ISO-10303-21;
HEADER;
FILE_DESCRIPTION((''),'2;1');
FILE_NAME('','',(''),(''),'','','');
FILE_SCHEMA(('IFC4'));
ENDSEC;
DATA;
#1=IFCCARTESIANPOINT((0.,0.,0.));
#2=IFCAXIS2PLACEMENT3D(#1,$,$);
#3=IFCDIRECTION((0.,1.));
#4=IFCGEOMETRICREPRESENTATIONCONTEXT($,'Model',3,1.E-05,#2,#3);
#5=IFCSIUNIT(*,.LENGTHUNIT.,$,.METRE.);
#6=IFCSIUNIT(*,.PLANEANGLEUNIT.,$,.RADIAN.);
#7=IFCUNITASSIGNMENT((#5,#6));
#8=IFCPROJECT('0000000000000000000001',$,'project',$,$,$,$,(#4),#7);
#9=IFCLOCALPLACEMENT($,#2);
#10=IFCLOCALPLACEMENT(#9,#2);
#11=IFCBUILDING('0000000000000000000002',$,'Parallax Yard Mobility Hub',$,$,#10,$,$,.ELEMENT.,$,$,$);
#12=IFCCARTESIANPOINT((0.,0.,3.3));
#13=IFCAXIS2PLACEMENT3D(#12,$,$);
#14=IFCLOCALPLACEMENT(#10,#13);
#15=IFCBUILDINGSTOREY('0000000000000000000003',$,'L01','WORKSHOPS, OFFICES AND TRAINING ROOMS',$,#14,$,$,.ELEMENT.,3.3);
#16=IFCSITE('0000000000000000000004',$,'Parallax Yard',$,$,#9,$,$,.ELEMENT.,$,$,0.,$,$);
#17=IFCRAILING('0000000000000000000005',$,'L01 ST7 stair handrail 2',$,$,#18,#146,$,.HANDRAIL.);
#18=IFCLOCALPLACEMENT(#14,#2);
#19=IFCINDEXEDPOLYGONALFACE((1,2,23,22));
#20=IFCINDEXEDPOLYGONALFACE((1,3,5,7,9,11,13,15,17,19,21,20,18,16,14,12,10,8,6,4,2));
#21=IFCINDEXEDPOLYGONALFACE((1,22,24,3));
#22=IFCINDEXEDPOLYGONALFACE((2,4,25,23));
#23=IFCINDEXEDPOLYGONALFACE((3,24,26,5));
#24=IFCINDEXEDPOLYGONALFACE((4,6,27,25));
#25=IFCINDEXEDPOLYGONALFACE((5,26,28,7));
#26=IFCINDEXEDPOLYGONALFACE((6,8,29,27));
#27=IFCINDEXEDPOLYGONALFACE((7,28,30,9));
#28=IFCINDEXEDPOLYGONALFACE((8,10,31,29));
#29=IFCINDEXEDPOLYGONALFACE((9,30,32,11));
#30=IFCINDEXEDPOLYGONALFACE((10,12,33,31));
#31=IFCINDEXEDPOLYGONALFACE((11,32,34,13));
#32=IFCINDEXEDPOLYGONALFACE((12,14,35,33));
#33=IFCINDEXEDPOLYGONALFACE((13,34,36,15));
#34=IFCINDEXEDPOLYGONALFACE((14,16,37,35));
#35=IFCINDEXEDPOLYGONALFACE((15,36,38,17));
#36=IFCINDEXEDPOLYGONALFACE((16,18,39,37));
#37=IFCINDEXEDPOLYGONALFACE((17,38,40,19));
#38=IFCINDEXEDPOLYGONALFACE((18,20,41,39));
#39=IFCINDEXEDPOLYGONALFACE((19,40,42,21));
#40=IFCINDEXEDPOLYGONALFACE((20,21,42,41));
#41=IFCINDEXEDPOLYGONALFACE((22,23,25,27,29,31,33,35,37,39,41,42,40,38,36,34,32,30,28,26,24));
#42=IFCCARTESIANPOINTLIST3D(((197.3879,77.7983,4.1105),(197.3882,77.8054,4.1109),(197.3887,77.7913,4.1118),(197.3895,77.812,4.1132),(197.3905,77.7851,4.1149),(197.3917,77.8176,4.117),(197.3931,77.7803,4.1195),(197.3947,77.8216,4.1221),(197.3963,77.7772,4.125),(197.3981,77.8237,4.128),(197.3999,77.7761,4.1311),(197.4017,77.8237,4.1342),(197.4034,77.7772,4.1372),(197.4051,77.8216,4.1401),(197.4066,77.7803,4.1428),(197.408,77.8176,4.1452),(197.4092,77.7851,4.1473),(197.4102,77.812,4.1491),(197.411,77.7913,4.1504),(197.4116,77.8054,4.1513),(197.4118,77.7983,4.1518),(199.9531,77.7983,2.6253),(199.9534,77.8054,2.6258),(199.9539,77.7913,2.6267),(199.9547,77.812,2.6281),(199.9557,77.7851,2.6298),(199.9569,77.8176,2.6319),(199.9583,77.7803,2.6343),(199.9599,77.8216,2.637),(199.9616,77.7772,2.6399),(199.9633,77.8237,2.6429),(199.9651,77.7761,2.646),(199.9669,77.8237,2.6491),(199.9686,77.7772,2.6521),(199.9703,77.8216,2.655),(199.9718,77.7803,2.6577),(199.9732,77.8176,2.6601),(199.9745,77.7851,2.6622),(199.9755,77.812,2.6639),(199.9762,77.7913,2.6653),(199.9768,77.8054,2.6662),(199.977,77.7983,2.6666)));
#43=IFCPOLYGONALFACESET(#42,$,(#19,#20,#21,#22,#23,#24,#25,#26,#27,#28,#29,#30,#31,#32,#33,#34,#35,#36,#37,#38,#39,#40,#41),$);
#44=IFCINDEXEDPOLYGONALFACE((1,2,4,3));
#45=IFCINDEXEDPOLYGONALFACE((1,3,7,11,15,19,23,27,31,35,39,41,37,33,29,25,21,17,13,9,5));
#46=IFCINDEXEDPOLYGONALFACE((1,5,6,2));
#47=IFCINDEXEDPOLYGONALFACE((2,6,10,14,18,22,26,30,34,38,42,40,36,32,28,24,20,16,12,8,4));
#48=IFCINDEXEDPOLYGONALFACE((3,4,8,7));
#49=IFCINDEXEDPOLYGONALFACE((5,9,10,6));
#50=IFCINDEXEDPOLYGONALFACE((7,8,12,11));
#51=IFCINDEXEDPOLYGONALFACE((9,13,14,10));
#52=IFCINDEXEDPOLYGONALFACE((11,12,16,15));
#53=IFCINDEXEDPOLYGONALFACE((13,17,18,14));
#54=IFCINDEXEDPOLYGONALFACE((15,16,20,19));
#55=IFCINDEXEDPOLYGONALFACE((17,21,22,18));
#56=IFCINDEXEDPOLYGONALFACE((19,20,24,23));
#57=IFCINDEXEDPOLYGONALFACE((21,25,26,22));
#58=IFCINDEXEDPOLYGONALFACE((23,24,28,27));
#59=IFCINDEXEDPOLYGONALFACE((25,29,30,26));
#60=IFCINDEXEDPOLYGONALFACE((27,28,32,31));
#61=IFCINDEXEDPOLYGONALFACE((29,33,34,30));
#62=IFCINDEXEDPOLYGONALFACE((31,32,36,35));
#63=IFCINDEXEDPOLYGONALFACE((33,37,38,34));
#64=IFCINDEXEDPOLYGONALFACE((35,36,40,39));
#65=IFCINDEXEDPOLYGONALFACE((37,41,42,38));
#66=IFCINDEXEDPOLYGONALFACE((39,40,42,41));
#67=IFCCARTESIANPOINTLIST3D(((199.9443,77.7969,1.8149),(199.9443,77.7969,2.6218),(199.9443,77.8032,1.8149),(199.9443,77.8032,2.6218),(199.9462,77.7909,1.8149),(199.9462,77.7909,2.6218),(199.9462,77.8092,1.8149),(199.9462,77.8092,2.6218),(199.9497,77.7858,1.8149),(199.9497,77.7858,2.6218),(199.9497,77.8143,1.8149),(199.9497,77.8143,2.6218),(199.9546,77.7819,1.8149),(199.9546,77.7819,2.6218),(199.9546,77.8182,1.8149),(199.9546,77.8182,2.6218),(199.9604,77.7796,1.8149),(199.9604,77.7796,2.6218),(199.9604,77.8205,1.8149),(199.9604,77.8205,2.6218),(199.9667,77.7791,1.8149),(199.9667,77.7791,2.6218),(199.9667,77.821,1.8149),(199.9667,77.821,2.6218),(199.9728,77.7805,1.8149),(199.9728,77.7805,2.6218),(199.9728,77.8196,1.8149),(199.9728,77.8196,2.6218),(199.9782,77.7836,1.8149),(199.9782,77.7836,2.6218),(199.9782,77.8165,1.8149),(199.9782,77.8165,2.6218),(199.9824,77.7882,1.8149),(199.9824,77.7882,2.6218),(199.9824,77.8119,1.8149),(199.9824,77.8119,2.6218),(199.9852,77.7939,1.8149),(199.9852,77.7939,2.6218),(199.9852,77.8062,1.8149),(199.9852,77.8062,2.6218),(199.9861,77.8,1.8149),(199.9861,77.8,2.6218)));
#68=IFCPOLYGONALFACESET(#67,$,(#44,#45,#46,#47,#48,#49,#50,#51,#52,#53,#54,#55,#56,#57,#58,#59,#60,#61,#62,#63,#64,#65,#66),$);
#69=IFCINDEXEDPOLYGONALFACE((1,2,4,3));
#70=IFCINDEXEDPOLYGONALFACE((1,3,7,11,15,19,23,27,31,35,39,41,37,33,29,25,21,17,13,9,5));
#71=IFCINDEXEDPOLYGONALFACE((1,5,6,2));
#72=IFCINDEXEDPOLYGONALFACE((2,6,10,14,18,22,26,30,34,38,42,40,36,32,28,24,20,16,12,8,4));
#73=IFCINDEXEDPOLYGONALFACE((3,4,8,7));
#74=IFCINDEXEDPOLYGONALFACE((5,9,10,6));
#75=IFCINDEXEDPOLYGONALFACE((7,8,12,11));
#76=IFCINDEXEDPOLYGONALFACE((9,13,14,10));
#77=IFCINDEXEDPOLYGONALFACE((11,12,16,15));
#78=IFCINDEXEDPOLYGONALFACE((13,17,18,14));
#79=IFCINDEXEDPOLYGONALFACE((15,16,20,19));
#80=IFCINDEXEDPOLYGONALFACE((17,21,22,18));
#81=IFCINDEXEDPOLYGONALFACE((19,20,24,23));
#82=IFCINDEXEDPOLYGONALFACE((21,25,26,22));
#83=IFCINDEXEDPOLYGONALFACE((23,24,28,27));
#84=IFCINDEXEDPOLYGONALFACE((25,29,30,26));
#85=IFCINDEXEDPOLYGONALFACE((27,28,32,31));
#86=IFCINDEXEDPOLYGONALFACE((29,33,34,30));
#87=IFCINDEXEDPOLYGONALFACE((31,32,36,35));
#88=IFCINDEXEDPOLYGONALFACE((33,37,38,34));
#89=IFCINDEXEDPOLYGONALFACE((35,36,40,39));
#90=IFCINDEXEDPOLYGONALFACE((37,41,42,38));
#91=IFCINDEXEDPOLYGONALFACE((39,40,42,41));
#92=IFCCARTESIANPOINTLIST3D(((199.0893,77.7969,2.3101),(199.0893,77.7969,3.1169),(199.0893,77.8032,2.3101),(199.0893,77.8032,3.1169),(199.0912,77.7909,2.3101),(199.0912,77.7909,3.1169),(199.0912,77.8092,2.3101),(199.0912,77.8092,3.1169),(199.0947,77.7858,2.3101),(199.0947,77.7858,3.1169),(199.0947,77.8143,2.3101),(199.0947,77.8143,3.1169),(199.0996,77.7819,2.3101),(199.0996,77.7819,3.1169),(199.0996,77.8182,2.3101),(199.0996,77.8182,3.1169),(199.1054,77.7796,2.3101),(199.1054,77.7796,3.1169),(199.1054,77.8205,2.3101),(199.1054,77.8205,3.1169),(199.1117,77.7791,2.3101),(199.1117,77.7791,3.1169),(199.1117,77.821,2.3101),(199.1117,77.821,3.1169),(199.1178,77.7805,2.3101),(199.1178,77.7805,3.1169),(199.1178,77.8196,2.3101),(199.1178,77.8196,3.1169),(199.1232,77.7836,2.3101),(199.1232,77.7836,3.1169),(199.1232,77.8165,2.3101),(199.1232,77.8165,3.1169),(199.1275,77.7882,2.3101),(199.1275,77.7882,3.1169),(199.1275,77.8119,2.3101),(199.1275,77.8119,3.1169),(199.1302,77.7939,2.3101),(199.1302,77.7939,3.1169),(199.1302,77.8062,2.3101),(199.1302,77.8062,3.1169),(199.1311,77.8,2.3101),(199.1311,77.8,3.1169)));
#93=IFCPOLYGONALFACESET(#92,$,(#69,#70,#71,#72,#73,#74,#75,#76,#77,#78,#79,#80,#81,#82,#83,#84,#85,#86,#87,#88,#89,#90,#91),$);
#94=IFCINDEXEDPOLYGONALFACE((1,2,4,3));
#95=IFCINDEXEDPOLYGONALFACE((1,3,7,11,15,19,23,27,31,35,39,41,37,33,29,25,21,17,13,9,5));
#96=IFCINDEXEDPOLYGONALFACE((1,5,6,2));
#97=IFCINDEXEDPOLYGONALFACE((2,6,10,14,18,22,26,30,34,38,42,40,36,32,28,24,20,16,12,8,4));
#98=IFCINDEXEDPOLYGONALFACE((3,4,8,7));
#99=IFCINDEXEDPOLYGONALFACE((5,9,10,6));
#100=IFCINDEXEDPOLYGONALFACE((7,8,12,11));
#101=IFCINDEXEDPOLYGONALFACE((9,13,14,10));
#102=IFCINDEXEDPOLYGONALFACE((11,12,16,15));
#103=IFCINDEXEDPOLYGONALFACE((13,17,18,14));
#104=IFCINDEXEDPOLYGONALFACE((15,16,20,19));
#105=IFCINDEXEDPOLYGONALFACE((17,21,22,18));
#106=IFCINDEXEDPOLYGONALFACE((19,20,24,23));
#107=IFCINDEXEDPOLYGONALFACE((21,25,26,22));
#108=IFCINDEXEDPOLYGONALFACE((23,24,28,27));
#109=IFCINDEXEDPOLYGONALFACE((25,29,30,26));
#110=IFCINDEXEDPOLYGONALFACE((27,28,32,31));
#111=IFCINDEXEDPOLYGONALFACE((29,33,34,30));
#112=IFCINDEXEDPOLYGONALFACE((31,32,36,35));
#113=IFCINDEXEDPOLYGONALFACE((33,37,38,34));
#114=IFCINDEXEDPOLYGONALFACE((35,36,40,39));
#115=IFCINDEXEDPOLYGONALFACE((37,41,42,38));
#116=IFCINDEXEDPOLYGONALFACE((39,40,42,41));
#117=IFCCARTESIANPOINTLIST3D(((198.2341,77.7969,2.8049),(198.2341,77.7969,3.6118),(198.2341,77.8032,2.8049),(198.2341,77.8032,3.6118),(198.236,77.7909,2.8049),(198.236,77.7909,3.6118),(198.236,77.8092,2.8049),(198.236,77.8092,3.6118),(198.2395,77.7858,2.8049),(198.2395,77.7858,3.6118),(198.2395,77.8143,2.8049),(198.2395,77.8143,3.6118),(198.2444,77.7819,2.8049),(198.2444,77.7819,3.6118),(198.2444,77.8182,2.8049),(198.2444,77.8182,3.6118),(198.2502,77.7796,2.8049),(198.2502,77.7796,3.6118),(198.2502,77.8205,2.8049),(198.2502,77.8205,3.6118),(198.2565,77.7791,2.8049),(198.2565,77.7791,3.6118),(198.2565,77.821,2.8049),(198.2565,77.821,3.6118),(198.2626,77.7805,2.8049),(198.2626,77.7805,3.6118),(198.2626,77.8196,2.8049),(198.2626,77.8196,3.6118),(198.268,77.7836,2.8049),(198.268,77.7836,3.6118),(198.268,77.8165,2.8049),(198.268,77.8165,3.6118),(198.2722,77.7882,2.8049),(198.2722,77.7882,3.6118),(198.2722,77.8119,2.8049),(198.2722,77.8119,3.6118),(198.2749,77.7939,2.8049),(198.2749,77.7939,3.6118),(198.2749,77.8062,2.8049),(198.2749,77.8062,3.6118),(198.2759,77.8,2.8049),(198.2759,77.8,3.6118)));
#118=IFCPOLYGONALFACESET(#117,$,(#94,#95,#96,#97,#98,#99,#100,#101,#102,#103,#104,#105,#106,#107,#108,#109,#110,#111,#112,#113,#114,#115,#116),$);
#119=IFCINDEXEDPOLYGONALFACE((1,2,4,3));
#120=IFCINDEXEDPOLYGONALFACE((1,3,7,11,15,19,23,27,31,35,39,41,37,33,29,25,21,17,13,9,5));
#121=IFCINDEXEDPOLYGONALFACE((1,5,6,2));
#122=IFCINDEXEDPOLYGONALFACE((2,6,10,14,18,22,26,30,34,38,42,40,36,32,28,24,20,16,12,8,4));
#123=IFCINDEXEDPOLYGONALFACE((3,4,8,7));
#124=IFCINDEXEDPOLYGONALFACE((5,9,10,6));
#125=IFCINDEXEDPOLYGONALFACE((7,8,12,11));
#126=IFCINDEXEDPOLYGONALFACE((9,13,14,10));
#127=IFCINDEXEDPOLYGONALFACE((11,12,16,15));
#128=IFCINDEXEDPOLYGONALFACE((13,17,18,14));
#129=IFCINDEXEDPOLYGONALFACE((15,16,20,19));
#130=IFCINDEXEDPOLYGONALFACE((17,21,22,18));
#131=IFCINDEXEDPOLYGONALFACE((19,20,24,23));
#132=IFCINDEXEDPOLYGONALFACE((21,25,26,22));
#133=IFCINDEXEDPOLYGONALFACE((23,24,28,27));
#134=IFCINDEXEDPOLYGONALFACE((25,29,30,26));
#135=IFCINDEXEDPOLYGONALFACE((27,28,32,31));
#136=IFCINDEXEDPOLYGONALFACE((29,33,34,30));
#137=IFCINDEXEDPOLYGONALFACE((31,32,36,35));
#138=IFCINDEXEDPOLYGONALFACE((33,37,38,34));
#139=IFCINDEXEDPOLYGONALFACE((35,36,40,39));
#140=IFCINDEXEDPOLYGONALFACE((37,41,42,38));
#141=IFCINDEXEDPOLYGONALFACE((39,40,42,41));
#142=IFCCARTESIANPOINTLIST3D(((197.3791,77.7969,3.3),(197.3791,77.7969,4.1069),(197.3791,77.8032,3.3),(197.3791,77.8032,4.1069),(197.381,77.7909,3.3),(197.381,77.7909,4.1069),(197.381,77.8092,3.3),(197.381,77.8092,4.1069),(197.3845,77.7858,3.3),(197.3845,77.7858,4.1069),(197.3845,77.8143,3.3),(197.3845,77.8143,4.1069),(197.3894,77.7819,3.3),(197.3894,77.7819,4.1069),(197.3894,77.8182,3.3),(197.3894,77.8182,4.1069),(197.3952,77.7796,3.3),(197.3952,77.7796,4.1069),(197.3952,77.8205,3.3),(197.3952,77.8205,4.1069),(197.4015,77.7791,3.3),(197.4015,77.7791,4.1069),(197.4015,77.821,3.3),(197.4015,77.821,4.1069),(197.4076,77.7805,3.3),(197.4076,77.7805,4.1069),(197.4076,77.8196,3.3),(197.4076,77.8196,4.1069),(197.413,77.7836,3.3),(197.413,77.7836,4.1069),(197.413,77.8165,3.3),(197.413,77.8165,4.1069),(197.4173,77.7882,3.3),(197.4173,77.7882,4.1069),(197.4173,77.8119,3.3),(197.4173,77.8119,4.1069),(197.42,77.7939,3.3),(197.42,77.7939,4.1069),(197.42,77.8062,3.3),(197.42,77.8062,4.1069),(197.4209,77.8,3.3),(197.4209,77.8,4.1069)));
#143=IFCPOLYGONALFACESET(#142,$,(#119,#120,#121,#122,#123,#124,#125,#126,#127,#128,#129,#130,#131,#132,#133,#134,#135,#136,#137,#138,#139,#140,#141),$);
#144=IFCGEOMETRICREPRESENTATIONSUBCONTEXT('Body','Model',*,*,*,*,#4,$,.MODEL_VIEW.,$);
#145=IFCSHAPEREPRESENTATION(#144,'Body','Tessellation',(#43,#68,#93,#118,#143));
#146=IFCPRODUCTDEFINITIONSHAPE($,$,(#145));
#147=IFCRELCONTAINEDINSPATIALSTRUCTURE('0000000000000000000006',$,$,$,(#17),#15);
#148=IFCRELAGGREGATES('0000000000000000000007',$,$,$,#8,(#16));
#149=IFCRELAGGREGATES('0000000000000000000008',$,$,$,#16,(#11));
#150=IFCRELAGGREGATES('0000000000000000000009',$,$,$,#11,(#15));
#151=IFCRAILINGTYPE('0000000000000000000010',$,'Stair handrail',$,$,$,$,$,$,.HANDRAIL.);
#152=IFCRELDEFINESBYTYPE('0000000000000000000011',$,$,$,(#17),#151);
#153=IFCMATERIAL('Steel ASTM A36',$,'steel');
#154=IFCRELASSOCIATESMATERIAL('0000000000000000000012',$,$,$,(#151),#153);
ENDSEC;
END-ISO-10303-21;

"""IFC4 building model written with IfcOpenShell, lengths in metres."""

from ifc_helpers import new_model, si_unit, direction, frame, origin, origin_2d, place, context, subcontext, project, spatial, circle, extrude, material, type_object, element, save


model = new_model("IFC4")

# Units and contexts
model_context = context("Model", 3, precision=1e-05, world=origin(), true_north=direction((0.0, 1.0)))
body_context = subcontext(model_context, "Body", "Model", "MODEL_VIEW")
ifc_project = project(units=[si_unit("LENGTHUNIT", "METRE"), si_unit("PLANEANGLEUNIT", "RADIAN")], contexts=[model_context])

# Site, building, storey
site_placement = place(None, origin())
site = spatial("IfcSite", under=ifc_project, at=site_placement, Name="Parallax Yard", CompositionType="ELEMENT", RefElevation=0.0)
building_placement = place(site_placement, origin())
building = spatial("IfcBuilding", under=site, at=building_placement, Name="Parallax Yard Mobility Hub", CompositionType="ELEMENT")
storey_placement = place(building_placement, frame((0.0, 0.0, 3.3)))
storey = spatial("IfcBuildingStorey", under=building, at=storey_placement, Name="L01", Description="WORKSHOPS, OFFICES AND TRAINING ROOMS", CompositionType="ELEMENT", Elevation=3.3)

# Railing
ifc_material_1 = material(Name="Steel ASTM A36", Category="steel")
railing_type_1 = type_object("IfcRailingType", Name="Stair handrail", PredefinedType="HANDRAIL", material=ifc_material_1)
railing_1_placement = place(storey_placement, frame((199.9651, 77.8, 1.8149)))
element("IfcRailing", 1, at=railing_1_placement, inside=storey, type_object=railing_type_1, Name="L01 ST7 stair handrail 2", PredefinedType="HANDRAIL", context=body_context, shape_type="SweptSolid", body=[
    extrude(circle(Radius=0.0239, at=origin_2d()), frame((0.0, 0.0, 0.8311), z_axis=(-0.865426, 0.0, 0.501036), x_axis=(0.0, -1.0, 0.0)), (0.0, 0.0, 1.0), 2.9641),
    extrude(circle(Radius=0.021, at=origin_2d()), origin(), (0.0, 0.0, 1.0), 0.8069),
    extrude(circle(Radius=0.021, at=origin_2d()), frame((-0.855, 0.0, 0.4951)), (0.0, 0.0, 1.0), 0.8069),
    extrude(circle(Radius=0.021, at=origin_2d()), frame((-1.7102, 0.0, 0.99)), (0.0, 0.0, 1.0), 0.8069),
    extrude(circle(Radius=0.021, at=origin_2d()), frame((-2.5652, 0.0, 1.4851)), (0.0, 0.0, 1.0), 0.8069),
])

save(model, "model.ifc")
